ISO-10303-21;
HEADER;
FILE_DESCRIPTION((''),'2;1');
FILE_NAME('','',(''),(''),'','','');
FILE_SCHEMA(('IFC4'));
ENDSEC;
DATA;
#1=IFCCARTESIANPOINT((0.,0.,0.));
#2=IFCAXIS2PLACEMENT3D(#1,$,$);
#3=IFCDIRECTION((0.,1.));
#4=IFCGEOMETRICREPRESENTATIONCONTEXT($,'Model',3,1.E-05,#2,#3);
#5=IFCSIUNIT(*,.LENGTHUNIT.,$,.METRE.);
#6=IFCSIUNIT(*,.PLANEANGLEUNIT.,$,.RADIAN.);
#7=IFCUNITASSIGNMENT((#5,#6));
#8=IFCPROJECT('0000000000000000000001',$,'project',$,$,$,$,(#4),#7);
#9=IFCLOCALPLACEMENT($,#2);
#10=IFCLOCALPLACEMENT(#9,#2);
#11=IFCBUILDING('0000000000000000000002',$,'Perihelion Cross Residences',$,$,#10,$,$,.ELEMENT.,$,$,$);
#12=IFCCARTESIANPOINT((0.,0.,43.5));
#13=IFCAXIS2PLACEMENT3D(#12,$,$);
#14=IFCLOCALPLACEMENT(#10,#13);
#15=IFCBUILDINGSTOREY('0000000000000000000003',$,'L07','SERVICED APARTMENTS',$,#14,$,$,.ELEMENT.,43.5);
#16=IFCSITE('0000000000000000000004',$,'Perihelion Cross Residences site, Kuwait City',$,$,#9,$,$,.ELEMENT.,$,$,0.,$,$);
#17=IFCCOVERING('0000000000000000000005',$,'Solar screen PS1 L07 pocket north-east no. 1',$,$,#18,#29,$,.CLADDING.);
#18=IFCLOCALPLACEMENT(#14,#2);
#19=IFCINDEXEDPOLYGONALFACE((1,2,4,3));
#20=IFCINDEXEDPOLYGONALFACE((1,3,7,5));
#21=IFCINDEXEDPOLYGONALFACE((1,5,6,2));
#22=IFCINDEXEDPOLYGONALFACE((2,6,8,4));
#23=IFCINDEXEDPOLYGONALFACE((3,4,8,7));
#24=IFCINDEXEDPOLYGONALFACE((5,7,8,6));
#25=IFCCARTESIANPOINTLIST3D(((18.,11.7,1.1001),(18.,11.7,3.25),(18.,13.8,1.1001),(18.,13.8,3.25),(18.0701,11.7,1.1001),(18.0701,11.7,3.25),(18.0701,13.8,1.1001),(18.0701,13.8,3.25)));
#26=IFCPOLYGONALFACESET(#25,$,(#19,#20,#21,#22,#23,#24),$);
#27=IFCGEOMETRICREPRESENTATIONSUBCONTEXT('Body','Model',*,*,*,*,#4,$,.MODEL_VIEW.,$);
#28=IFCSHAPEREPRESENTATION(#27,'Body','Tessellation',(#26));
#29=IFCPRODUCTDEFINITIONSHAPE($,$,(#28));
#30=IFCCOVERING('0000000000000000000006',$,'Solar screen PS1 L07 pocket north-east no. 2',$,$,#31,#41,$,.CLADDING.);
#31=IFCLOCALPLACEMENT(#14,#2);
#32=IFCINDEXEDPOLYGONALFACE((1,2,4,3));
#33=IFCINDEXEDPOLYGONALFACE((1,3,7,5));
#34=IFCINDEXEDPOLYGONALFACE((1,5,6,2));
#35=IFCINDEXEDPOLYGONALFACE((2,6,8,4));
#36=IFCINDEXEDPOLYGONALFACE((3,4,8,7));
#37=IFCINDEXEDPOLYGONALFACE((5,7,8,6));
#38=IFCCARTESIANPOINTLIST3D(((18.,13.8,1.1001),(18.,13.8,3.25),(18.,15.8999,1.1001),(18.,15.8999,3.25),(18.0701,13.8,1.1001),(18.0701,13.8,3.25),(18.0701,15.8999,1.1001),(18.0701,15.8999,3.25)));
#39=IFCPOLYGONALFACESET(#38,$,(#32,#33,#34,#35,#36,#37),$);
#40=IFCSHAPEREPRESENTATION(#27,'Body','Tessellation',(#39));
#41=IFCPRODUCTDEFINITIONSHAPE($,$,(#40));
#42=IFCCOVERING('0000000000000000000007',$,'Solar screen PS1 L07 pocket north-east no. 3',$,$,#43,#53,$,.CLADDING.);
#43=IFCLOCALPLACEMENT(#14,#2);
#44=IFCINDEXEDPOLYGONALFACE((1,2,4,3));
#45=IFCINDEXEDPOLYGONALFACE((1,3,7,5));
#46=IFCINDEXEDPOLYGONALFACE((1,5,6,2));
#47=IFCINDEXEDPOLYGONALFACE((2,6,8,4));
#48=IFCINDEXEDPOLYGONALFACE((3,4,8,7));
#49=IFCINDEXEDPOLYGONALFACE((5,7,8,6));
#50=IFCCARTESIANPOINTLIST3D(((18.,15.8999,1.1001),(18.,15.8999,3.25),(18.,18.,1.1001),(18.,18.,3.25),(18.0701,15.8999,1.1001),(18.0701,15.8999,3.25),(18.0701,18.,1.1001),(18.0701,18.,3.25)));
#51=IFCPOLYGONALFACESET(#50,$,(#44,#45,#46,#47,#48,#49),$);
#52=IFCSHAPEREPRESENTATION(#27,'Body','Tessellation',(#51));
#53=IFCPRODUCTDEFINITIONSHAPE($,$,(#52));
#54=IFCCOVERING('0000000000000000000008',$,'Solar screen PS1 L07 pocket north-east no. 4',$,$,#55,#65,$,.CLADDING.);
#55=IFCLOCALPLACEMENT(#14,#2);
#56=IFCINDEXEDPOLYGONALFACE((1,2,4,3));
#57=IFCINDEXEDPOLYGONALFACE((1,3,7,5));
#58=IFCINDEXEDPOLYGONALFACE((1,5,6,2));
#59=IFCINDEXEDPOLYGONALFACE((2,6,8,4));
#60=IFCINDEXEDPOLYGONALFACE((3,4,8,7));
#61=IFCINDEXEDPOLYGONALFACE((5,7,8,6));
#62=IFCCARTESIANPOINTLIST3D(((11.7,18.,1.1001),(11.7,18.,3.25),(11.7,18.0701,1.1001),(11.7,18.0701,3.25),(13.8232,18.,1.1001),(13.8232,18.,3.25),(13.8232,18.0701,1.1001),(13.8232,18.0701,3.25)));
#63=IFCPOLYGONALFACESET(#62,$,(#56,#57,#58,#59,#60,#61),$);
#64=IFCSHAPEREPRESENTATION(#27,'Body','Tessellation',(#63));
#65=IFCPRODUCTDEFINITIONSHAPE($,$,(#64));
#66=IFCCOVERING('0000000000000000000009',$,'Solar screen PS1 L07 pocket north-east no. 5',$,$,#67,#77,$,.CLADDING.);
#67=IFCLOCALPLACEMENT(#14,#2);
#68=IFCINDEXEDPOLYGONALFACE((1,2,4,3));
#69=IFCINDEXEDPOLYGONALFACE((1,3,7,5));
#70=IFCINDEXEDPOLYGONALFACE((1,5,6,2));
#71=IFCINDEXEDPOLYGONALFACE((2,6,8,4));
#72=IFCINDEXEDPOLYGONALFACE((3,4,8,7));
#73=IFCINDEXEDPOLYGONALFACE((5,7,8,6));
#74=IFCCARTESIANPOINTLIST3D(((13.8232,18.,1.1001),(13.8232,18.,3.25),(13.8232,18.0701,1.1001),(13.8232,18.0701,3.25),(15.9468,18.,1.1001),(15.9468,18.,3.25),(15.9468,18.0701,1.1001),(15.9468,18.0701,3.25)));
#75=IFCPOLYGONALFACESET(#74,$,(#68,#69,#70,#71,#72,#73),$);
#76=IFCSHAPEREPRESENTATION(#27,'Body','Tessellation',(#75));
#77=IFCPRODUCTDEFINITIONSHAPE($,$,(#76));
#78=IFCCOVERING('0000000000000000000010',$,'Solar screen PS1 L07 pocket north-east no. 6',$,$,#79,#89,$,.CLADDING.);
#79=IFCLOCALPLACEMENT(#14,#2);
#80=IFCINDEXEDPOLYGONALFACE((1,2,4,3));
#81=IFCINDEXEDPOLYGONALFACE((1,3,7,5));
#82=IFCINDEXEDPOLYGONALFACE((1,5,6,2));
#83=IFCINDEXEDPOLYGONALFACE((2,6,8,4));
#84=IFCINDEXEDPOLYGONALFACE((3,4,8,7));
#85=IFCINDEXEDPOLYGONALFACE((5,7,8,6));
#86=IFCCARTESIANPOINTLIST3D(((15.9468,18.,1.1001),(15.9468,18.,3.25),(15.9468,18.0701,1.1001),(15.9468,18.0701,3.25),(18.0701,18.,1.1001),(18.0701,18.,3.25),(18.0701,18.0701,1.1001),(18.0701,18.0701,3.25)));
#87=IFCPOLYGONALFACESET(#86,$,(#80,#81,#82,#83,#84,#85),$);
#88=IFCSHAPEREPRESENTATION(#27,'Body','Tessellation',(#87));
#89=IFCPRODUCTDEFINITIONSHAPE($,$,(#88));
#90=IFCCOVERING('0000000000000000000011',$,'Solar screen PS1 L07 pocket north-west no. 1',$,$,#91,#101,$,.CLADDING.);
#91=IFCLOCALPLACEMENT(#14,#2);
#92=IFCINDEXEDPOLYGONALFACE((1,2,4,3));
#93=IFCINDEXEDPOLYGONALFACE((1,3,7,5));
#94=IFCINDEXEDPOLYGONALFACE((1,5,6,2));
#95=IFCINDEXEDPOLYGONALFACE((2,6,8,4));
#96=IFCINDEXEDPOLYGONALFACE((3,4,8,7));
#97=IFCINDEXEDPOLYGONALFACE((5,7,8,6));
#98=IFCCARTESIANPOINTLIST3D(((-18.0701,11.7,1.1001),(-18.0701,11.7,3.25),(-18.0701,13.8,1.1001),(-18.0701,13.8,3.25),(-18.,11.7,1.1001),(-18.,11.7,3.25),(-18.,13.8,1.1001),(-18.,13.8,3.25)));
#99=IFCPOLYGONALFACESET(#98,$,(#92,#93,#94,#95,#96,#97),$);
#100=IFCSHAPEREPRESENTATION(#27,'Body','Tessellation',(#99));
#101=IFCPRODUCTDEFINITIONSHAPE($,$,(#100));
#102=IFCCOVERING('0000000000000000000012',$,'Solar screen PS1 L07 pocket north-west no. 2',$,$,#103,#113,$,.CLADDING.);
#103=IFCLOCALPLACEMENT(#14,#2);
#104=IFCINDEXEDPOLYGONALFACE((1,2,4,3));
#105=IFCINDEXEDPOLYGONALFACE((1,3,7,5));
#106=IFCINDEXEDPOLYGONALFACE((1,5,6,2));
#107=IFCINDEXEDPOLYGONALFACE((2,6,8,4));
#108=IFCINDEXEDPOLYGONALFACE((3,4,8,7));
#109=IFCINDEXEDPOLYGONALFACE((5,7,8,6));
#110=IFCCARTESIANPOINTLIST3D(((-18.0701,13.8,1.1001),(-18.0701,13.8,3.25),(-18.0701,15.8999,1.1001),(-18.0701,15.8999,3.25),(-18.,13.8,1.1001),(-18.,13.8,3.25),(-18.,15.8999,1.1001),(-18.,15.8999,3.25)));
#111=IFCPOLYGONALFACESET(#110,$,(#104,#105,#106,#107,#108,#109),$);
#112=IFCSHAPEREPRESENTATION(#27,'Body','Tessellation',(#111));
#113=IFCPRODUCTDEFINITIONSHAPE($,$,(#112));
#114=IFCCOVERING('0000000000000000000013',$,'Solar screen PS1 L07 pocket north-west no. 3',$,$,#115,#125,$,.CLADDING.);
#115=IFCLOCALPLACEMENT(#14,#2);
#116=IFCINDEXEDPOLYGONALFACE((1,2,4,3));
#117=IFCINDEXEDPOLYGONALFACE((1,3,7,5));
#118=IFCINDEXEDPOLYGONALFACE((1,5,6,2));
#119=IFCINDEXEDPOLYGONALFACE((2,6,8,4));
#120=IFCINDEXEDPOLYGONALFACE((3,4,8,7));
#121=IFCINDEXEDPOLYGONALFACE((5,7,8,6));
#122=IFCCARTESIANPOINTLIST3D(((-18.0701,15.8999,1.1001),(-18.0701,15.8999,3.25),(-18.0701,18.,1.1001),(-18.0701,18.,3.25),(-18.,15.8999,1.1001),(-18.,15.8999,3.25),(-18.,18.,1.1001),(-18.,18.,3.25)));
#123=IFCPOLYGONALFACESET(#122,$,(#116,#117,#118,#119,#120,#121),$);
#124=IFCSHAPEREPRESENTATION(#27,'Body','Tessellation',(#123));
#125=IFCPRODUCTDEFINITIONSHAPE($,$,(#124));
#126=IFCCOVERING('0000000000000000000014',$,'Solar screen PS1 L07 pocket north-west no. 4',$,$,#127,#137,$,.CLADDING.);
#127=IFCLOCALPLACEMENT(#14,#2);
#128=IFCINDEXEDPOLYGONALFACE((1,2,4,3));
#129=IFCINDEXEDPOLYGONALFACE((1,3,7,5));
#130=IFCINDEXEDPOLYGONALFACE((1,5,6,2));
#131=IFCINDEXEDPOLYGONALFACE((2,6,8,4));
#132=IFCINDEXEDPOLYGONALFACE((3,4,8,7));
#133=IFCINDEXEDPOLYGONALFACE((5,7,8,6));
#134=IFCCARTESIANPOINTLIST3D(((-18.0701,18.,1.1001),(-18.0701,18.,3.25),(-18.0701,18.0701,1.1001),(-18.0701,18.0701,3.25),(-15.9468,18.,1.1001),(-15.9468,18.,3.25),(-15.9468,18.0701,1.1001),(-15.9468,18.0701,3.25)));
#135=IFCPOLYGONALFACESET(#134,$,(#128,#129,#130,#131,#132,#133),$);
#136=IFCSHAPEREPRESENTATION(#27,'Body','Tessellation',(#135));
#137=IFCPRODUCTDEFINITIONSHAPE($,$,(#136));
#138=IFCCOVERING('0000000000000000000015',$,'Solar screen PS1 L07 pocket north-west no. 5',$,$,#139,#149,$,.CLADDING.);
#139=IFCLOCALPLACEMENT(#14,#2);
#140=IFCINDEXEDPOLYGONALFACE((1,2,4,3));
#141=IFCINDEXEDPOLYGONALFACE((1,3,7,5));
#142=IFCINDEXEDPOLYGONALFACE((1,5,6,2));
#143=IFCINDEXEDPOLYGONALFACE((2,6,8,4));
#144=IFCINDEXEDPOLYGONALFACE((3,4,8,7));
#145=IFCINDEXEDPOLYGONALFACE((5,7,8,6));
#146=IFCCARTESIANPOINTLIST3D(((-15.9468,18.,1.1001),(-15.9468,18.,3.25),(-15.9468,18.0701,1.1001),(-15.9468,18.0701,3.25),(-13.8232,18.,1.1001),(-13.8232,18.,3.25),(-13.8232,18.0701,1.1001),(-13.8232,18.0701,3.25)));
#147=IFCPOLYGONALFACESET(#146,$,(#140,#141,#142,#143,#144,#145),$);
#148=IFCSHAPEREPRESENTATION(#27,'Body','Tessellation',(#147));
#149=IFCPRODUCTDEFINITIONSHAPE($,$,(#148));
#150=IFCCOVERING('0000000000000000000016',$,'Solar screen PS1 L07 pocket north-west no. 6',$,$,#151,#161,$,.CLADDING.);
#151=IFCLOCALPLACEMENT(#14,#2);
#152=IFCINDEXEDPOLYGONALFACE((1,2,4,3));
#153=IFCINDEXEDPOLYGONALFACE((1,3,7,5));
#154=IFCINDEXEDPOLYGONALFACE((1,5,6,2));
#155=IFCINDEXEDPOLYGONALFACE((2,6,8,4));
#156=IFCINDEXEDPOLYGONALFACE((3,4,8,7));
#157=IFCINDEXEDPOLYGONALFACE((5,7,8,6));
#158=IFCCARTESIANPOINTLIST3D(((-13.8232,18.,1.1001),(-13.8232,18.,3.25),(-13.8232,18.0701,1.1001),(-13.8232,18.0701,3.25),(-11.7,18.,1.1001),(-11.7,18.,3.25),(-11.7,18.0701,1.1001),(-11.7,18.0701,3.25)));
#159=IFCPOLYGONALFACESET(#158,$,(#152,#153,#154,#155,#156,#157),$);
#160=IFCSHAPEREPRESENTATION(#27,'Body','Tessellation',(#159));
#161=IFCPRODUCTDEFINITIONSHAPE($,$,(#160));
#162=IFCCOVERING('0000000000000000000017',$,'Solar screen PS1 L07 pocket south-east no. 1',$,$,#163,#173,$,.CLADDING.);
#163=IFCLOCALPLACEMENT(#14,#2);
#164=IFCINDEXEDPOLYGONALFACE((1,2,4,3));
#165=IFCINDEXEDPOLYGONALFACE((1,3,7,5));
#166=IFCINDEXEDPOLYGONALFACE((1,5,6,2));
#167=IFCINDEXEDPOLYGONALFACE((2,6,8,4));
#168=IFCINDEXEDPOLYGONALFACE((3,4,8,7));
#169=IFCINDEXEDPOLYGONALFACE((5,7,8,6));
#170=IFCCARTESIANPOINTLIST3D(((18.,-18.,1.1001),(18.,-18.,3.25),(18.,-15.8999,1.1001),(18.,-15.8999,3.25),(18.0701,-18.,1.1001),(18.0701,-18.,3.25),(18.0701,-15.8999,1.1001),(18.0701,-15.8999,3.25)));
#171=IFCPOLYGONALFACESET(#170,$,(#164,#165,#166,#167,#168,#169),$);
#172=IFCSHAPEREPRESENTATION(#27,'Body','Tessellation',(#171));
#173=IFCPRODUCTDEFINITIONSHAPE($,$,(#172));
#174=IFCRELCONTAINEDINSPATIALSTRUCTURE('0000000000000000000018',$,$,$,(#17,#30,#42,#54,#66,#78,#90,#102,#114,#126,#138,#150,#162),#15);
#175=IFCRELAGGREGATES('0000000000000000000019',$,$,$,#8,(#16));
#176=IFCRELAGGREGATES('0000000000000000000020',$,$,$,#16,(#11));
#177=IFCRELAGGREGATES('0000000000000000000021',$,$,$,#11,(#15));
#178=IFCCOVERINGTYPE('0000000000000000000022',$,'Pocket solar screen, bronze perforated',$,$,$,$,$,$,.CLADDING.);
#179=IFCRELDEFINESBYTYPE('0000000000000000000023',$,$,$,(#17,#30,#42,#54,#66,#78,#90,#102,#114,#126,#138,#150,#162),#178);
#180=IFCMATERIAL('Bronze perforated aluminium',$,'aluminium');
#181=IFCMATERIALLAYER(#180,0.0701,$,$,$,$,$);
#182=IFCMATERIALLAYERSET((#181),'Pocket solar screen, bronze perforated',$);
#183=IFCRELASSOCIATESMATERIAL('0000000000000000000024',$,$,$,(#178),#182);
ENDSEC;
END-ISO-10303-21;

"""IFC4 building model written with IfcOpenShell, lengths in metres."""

from ifc_helpers import new_model, si_unit, direction, frame, origin, place, context, subcontext, project, spatial, polyline, outline, extrude, material, layer, layer_set, type_object, element, save


model = new_model("IFC4")

# Units and contexts
model_context = context("Model", 3, precision=1e-05, world=origin(), true_north=direction((0.0, 1.0)))
body_context = subcontext(model_context, "Body", "Model", "MODEL_VIEW")
ifc_project = project(units=[si_unit("LENGTHUNIT", "METRE"), si_unit("PLANEANGLEUNIT", "RADIAN")], contexts=[model_context])

# Site, building, storey
site_placement = place(None, origin())
site = spatial("IfcSite", under=ifc_project, at=site_placement, Name="Perihelion Cross Residences site, Kuwait City", CompositionType="ELEMENT", RefElevation=0.0)
building_placement = place(site_placement, origin())
building = spatial("IfcBuilding", under=site, at=building_placement, Name="Perihelion Cross Residences", CompositionType="ELEMENT")
storey_placement = place(building_placement, frame((0.0, 0.0, 43.5)))
storey = spatial("IfcBuildingStorey", under=building, at=storey_placement, Name="L07", Description="SERVICED APARTMENTS", CompositionType="ELEMENT", Elevation=43.5)

# Coverings
ifc_material_1 = material(Name="Bronze perforated aluminium", Category="aluminium")
ifc_layer_1 = layer(ifc_material_1, 0.0701)
ifc_layer_set_1 = layer_set([ifc_layer_1], Name="Pocket solar screen, bronze perforated")
covering_type_1 = type_object("IfcCoveringType", Name="Pocket solar screen, bronze perforated", PredefinedType="CLADDING", material=ifc_layer_set_1)
covering_1_placement = place(storey_placement, frame((0.0, 0.0, 1.1001)))
element("IfcCovering", 1, at=covering_1_placement, inside=storey, type_object=covering_type_1, Name="Solar screen PS1 L07 pocket north-east no. 1", PredefinedType="CLADDING", context=body_context, shape_type="SweptSolid", body=[
    extrude(outline(polyline([(18.0701, 11.7), (18.0701, 13.8), (18.0, 13.8), (18.0, 11.7), (18.0701, 11.7)])), origin(), (0.0, 0.0, 1.0), 2.1499),
])
covering_2_placement = place(storey_placement, frame((0.0, 0.0, 1.1001)))
element("IfcCovering", 2, at=covering_2_placement, inside=storey, type_object=covering_type_1, Name="Solar screen PS1 L07 pocket north-east no. 2", PredefinedType="CLADDING", context=body_context, shape_type="SweptSolid", body=[
    extrude(outline(polyline([(18.0701, 13.8), (18.0701, 15.8999), (18.0, 15.8999), (18.0, 13.8), (18.0701, 13.8)])), origin(), (0.0, 0.0, 1.0), 2.1499),
])
covering_3_placement = place(storey_placement, frame((0.0, 0.0, 1.1001)))
element("IfcCovering", 3, at=covering_3_placement, inside=storey, type_object=covering_type_1, Name="Solar screen PS1 L07 pocket north-east no. 3", PredefinedType="CLADDING", context=body_context, shape_type="SweptSolid", body=[
    extrude(outline(polyline([(18.0701, 15.8999), (18.0701, 18.0), (18.0, 18.0), (18.0, 15.8999), (18.0701, 15.8999)])), origin(), (0.0, 0.0, 1.0), 2.1499),
])
covering_4_placement = place(storey_placement, frame((0.0, 0.0, 1.1001)))
element("IfcCovering", 4, at=covering_4_placement, inside=storey, type_object=covering_type_1, Name="Solar screen PS1 L07 pocket north-east no. 4", PredefinedType="CLADDING", context=body_context, shape_type="SweptSolid", body=[
    extrude(outline(polyline([(13.8232, 18.0), (13.8232, 18.0701), (11.7, 18.0701), (11.7, 18.0), (13.8232, 18.0)])), origin(), (0.0, 0.0, 1.0), 2.1499),
])
covering_5_placement = place(storey_placement, frame((0.0, 0.0, 1.1001)))
element("IfcCovering", 5, at=covering_5_placement, inside=storey, type_object=covering_type_1, Name="Solar screen PS1 L07 pocket north-east no. 5", PredefinedType="CLADDING", context=body_context, shape_type="SweptSolid", body=[
    extrude(outline(polyline([(15.9468, 18.0), (15.9468, 18.0701), (13.8232, 18.0701), (13.8232, 18.0), (15.9468, 18.0)])), origin(), (0.0, 0.0, 1.0), 2.1499),
])
covering_6_placement = place(storey_placement, frame((0.0, 0.0, 1.1001)))
element("IfcCovering", 6, at=covering_6_placement, inside=storey, type_object=covering_type_1, Name="Solar screen PS1 L07 pocket north-east no. 6", PredefinedType="CLADDING", context=body_context, shape_type="SweptSolid", body=[
    extrude(outline(polyline([(18.0701, 18.0), (18.0701, 18.0701), (15.9468, 18.0701), (15.9468, 18.0), (18.0701, 18.0)])), origin(), (0.0, 0.0, 1.0), 2.1499),
])
covering_7_placement = place(storey_placement, frame((0.0, 0.0, 1.1001)))
element("IfcCovering", 7, at=covering_7_placement, inside=storey, type_object=covering_type_1, Name="Solar screen PS1 L07 pocket north-west no. 1", PredefinedType="CLADDING", context=body_context, shape_type="SweptSolid", body=[
    extrude(outline(polyline([(-18.0, 11.7), (-18.0, 13.8), (-18.0701, 13.8), (-18.0701, 11.7), (-18.0, 11.7)])), origin(), (0.0, 0.0, 1.0), 2.1499),
])
covering_8_placement = place(storey_placement, frame((0.0, 0.0, 1.1001)))
element("IfcCovering", 8, at=covering_8_placement, inside=storey, type_object=covering_type_1, Name="Solar screen PS1 L07 pocket north-west no. 2", PredefinedType="CLADDING", context=body_context, shape_type="SweptSolid", body=[
    extrude(outline(polyline([(-18.0, 13.8), (-18.0, 15.8999), (-18.0701, 15.8999), (-18.0701, 13.8), (-18.0, 13.8)])), origin(), (0.0, 0.0, 1.0), 2.1499),
])
covering_9_placement = place(storey_placement, frame((0.0, 0.0, 1.1001)))
element("IfcCovering", 9, at=covering_9_placement, inside=storey, type_object=covering_type_1, Name="Solar screen PS1 L07 pocket north-west no. 3", PredefinedType="CLADDING", context=body_context, shape_type="SweptSolid", body=[
    extrude(outline(polyline([(-18.0, 15.8999), (-18.0, 18.0), (-18.0701, 18.0), (-18.0701, 15.8999), (-18.0, 15.8999)])), origin(), (0.0, 0.0, 1.0), 2.1499),
])
covering_10_placement = place(storey_placement, frame((0.0, 0.0, 1.1001)))
element("IfcCovering", 10, at=covering_10_placement, inside=storey, type_object=covering_type_1, Name="Solar screen PS1 L07 pocket north-west no. 4", PredefinedType="CLADDING", context=body_context, shape_type="SweptSolid", body=[
    extrude(outline(polyline([(-15.9468, 18.0), (-15.9468, 18.0701), (-18.0701, 18.0701), (-18.0701, 18.0), (-15.9468, 18.0)])), origin(), (0.0, 0.0, 1.0), 2.1499),
])
covering_11_placement = place(storey_placement, frame((0.0, 0.0, 1.1001)))
element("IfcCovering", 11, at=covering_11_placement, inside=storey, type_object=covering_type_1, Name="Solar screen PS1 L07 pocket north-west no. 5", PredefinedType="CLADDING", context=body_context, shape_type="SweptSolid", body=[
    extrude(outline(polyline([(-13.8232, 18.0), (-13.8232, 18.0701), (-15.9468, 18.0701), (-15.9468, 18.0), (-13.8232, 18.0)])), origin(), (0.0, 0.0, 1.0), 2.1499),
])
covering_12_placement = place(storey_placement, frame((0.0, 0.0, 1.1001)))
element("IfcCovering", 12, at=covering_12_placement, inside=storey, type_object=covering_type_1, Name="Solar screen PS1 L07 pocket north-west no. 6", PredefinedType="CLADDING", context=body_context, shape_type="SweptSolid", body=[
    extrude(outline(polyline([(-11.7, 18.0), (-11.7, 18.0701), (-13.8232, 18.0701), (-13.8232, 18.0), (-11.7, 18.0)])), origin(), (0.0, 0.0, 1.0), 2.1499),
])
covering_13_placement = place(storey_placement, frame((0.0, 0.0, 1.1001)))
element("IfcCovering", 13, at=covering_13_placement, inside=storey, type_object=covering_type_1, Name="Solar screen PS1 L07 pocket south-east no. 1", PredefinedType="CLADDING", context=body_context, shape_type="SweptSolid", body=[
    extrude(outline(polyline([(18.0701, -18.0), (18.0701, -15.8999), (18.0, -15.8999), (18.0, -18.0), (18.0701, -18.0)])), origin(), (0.0, 0.0, 1.0), 2.1499),
])

save(model, "model.ifc")
